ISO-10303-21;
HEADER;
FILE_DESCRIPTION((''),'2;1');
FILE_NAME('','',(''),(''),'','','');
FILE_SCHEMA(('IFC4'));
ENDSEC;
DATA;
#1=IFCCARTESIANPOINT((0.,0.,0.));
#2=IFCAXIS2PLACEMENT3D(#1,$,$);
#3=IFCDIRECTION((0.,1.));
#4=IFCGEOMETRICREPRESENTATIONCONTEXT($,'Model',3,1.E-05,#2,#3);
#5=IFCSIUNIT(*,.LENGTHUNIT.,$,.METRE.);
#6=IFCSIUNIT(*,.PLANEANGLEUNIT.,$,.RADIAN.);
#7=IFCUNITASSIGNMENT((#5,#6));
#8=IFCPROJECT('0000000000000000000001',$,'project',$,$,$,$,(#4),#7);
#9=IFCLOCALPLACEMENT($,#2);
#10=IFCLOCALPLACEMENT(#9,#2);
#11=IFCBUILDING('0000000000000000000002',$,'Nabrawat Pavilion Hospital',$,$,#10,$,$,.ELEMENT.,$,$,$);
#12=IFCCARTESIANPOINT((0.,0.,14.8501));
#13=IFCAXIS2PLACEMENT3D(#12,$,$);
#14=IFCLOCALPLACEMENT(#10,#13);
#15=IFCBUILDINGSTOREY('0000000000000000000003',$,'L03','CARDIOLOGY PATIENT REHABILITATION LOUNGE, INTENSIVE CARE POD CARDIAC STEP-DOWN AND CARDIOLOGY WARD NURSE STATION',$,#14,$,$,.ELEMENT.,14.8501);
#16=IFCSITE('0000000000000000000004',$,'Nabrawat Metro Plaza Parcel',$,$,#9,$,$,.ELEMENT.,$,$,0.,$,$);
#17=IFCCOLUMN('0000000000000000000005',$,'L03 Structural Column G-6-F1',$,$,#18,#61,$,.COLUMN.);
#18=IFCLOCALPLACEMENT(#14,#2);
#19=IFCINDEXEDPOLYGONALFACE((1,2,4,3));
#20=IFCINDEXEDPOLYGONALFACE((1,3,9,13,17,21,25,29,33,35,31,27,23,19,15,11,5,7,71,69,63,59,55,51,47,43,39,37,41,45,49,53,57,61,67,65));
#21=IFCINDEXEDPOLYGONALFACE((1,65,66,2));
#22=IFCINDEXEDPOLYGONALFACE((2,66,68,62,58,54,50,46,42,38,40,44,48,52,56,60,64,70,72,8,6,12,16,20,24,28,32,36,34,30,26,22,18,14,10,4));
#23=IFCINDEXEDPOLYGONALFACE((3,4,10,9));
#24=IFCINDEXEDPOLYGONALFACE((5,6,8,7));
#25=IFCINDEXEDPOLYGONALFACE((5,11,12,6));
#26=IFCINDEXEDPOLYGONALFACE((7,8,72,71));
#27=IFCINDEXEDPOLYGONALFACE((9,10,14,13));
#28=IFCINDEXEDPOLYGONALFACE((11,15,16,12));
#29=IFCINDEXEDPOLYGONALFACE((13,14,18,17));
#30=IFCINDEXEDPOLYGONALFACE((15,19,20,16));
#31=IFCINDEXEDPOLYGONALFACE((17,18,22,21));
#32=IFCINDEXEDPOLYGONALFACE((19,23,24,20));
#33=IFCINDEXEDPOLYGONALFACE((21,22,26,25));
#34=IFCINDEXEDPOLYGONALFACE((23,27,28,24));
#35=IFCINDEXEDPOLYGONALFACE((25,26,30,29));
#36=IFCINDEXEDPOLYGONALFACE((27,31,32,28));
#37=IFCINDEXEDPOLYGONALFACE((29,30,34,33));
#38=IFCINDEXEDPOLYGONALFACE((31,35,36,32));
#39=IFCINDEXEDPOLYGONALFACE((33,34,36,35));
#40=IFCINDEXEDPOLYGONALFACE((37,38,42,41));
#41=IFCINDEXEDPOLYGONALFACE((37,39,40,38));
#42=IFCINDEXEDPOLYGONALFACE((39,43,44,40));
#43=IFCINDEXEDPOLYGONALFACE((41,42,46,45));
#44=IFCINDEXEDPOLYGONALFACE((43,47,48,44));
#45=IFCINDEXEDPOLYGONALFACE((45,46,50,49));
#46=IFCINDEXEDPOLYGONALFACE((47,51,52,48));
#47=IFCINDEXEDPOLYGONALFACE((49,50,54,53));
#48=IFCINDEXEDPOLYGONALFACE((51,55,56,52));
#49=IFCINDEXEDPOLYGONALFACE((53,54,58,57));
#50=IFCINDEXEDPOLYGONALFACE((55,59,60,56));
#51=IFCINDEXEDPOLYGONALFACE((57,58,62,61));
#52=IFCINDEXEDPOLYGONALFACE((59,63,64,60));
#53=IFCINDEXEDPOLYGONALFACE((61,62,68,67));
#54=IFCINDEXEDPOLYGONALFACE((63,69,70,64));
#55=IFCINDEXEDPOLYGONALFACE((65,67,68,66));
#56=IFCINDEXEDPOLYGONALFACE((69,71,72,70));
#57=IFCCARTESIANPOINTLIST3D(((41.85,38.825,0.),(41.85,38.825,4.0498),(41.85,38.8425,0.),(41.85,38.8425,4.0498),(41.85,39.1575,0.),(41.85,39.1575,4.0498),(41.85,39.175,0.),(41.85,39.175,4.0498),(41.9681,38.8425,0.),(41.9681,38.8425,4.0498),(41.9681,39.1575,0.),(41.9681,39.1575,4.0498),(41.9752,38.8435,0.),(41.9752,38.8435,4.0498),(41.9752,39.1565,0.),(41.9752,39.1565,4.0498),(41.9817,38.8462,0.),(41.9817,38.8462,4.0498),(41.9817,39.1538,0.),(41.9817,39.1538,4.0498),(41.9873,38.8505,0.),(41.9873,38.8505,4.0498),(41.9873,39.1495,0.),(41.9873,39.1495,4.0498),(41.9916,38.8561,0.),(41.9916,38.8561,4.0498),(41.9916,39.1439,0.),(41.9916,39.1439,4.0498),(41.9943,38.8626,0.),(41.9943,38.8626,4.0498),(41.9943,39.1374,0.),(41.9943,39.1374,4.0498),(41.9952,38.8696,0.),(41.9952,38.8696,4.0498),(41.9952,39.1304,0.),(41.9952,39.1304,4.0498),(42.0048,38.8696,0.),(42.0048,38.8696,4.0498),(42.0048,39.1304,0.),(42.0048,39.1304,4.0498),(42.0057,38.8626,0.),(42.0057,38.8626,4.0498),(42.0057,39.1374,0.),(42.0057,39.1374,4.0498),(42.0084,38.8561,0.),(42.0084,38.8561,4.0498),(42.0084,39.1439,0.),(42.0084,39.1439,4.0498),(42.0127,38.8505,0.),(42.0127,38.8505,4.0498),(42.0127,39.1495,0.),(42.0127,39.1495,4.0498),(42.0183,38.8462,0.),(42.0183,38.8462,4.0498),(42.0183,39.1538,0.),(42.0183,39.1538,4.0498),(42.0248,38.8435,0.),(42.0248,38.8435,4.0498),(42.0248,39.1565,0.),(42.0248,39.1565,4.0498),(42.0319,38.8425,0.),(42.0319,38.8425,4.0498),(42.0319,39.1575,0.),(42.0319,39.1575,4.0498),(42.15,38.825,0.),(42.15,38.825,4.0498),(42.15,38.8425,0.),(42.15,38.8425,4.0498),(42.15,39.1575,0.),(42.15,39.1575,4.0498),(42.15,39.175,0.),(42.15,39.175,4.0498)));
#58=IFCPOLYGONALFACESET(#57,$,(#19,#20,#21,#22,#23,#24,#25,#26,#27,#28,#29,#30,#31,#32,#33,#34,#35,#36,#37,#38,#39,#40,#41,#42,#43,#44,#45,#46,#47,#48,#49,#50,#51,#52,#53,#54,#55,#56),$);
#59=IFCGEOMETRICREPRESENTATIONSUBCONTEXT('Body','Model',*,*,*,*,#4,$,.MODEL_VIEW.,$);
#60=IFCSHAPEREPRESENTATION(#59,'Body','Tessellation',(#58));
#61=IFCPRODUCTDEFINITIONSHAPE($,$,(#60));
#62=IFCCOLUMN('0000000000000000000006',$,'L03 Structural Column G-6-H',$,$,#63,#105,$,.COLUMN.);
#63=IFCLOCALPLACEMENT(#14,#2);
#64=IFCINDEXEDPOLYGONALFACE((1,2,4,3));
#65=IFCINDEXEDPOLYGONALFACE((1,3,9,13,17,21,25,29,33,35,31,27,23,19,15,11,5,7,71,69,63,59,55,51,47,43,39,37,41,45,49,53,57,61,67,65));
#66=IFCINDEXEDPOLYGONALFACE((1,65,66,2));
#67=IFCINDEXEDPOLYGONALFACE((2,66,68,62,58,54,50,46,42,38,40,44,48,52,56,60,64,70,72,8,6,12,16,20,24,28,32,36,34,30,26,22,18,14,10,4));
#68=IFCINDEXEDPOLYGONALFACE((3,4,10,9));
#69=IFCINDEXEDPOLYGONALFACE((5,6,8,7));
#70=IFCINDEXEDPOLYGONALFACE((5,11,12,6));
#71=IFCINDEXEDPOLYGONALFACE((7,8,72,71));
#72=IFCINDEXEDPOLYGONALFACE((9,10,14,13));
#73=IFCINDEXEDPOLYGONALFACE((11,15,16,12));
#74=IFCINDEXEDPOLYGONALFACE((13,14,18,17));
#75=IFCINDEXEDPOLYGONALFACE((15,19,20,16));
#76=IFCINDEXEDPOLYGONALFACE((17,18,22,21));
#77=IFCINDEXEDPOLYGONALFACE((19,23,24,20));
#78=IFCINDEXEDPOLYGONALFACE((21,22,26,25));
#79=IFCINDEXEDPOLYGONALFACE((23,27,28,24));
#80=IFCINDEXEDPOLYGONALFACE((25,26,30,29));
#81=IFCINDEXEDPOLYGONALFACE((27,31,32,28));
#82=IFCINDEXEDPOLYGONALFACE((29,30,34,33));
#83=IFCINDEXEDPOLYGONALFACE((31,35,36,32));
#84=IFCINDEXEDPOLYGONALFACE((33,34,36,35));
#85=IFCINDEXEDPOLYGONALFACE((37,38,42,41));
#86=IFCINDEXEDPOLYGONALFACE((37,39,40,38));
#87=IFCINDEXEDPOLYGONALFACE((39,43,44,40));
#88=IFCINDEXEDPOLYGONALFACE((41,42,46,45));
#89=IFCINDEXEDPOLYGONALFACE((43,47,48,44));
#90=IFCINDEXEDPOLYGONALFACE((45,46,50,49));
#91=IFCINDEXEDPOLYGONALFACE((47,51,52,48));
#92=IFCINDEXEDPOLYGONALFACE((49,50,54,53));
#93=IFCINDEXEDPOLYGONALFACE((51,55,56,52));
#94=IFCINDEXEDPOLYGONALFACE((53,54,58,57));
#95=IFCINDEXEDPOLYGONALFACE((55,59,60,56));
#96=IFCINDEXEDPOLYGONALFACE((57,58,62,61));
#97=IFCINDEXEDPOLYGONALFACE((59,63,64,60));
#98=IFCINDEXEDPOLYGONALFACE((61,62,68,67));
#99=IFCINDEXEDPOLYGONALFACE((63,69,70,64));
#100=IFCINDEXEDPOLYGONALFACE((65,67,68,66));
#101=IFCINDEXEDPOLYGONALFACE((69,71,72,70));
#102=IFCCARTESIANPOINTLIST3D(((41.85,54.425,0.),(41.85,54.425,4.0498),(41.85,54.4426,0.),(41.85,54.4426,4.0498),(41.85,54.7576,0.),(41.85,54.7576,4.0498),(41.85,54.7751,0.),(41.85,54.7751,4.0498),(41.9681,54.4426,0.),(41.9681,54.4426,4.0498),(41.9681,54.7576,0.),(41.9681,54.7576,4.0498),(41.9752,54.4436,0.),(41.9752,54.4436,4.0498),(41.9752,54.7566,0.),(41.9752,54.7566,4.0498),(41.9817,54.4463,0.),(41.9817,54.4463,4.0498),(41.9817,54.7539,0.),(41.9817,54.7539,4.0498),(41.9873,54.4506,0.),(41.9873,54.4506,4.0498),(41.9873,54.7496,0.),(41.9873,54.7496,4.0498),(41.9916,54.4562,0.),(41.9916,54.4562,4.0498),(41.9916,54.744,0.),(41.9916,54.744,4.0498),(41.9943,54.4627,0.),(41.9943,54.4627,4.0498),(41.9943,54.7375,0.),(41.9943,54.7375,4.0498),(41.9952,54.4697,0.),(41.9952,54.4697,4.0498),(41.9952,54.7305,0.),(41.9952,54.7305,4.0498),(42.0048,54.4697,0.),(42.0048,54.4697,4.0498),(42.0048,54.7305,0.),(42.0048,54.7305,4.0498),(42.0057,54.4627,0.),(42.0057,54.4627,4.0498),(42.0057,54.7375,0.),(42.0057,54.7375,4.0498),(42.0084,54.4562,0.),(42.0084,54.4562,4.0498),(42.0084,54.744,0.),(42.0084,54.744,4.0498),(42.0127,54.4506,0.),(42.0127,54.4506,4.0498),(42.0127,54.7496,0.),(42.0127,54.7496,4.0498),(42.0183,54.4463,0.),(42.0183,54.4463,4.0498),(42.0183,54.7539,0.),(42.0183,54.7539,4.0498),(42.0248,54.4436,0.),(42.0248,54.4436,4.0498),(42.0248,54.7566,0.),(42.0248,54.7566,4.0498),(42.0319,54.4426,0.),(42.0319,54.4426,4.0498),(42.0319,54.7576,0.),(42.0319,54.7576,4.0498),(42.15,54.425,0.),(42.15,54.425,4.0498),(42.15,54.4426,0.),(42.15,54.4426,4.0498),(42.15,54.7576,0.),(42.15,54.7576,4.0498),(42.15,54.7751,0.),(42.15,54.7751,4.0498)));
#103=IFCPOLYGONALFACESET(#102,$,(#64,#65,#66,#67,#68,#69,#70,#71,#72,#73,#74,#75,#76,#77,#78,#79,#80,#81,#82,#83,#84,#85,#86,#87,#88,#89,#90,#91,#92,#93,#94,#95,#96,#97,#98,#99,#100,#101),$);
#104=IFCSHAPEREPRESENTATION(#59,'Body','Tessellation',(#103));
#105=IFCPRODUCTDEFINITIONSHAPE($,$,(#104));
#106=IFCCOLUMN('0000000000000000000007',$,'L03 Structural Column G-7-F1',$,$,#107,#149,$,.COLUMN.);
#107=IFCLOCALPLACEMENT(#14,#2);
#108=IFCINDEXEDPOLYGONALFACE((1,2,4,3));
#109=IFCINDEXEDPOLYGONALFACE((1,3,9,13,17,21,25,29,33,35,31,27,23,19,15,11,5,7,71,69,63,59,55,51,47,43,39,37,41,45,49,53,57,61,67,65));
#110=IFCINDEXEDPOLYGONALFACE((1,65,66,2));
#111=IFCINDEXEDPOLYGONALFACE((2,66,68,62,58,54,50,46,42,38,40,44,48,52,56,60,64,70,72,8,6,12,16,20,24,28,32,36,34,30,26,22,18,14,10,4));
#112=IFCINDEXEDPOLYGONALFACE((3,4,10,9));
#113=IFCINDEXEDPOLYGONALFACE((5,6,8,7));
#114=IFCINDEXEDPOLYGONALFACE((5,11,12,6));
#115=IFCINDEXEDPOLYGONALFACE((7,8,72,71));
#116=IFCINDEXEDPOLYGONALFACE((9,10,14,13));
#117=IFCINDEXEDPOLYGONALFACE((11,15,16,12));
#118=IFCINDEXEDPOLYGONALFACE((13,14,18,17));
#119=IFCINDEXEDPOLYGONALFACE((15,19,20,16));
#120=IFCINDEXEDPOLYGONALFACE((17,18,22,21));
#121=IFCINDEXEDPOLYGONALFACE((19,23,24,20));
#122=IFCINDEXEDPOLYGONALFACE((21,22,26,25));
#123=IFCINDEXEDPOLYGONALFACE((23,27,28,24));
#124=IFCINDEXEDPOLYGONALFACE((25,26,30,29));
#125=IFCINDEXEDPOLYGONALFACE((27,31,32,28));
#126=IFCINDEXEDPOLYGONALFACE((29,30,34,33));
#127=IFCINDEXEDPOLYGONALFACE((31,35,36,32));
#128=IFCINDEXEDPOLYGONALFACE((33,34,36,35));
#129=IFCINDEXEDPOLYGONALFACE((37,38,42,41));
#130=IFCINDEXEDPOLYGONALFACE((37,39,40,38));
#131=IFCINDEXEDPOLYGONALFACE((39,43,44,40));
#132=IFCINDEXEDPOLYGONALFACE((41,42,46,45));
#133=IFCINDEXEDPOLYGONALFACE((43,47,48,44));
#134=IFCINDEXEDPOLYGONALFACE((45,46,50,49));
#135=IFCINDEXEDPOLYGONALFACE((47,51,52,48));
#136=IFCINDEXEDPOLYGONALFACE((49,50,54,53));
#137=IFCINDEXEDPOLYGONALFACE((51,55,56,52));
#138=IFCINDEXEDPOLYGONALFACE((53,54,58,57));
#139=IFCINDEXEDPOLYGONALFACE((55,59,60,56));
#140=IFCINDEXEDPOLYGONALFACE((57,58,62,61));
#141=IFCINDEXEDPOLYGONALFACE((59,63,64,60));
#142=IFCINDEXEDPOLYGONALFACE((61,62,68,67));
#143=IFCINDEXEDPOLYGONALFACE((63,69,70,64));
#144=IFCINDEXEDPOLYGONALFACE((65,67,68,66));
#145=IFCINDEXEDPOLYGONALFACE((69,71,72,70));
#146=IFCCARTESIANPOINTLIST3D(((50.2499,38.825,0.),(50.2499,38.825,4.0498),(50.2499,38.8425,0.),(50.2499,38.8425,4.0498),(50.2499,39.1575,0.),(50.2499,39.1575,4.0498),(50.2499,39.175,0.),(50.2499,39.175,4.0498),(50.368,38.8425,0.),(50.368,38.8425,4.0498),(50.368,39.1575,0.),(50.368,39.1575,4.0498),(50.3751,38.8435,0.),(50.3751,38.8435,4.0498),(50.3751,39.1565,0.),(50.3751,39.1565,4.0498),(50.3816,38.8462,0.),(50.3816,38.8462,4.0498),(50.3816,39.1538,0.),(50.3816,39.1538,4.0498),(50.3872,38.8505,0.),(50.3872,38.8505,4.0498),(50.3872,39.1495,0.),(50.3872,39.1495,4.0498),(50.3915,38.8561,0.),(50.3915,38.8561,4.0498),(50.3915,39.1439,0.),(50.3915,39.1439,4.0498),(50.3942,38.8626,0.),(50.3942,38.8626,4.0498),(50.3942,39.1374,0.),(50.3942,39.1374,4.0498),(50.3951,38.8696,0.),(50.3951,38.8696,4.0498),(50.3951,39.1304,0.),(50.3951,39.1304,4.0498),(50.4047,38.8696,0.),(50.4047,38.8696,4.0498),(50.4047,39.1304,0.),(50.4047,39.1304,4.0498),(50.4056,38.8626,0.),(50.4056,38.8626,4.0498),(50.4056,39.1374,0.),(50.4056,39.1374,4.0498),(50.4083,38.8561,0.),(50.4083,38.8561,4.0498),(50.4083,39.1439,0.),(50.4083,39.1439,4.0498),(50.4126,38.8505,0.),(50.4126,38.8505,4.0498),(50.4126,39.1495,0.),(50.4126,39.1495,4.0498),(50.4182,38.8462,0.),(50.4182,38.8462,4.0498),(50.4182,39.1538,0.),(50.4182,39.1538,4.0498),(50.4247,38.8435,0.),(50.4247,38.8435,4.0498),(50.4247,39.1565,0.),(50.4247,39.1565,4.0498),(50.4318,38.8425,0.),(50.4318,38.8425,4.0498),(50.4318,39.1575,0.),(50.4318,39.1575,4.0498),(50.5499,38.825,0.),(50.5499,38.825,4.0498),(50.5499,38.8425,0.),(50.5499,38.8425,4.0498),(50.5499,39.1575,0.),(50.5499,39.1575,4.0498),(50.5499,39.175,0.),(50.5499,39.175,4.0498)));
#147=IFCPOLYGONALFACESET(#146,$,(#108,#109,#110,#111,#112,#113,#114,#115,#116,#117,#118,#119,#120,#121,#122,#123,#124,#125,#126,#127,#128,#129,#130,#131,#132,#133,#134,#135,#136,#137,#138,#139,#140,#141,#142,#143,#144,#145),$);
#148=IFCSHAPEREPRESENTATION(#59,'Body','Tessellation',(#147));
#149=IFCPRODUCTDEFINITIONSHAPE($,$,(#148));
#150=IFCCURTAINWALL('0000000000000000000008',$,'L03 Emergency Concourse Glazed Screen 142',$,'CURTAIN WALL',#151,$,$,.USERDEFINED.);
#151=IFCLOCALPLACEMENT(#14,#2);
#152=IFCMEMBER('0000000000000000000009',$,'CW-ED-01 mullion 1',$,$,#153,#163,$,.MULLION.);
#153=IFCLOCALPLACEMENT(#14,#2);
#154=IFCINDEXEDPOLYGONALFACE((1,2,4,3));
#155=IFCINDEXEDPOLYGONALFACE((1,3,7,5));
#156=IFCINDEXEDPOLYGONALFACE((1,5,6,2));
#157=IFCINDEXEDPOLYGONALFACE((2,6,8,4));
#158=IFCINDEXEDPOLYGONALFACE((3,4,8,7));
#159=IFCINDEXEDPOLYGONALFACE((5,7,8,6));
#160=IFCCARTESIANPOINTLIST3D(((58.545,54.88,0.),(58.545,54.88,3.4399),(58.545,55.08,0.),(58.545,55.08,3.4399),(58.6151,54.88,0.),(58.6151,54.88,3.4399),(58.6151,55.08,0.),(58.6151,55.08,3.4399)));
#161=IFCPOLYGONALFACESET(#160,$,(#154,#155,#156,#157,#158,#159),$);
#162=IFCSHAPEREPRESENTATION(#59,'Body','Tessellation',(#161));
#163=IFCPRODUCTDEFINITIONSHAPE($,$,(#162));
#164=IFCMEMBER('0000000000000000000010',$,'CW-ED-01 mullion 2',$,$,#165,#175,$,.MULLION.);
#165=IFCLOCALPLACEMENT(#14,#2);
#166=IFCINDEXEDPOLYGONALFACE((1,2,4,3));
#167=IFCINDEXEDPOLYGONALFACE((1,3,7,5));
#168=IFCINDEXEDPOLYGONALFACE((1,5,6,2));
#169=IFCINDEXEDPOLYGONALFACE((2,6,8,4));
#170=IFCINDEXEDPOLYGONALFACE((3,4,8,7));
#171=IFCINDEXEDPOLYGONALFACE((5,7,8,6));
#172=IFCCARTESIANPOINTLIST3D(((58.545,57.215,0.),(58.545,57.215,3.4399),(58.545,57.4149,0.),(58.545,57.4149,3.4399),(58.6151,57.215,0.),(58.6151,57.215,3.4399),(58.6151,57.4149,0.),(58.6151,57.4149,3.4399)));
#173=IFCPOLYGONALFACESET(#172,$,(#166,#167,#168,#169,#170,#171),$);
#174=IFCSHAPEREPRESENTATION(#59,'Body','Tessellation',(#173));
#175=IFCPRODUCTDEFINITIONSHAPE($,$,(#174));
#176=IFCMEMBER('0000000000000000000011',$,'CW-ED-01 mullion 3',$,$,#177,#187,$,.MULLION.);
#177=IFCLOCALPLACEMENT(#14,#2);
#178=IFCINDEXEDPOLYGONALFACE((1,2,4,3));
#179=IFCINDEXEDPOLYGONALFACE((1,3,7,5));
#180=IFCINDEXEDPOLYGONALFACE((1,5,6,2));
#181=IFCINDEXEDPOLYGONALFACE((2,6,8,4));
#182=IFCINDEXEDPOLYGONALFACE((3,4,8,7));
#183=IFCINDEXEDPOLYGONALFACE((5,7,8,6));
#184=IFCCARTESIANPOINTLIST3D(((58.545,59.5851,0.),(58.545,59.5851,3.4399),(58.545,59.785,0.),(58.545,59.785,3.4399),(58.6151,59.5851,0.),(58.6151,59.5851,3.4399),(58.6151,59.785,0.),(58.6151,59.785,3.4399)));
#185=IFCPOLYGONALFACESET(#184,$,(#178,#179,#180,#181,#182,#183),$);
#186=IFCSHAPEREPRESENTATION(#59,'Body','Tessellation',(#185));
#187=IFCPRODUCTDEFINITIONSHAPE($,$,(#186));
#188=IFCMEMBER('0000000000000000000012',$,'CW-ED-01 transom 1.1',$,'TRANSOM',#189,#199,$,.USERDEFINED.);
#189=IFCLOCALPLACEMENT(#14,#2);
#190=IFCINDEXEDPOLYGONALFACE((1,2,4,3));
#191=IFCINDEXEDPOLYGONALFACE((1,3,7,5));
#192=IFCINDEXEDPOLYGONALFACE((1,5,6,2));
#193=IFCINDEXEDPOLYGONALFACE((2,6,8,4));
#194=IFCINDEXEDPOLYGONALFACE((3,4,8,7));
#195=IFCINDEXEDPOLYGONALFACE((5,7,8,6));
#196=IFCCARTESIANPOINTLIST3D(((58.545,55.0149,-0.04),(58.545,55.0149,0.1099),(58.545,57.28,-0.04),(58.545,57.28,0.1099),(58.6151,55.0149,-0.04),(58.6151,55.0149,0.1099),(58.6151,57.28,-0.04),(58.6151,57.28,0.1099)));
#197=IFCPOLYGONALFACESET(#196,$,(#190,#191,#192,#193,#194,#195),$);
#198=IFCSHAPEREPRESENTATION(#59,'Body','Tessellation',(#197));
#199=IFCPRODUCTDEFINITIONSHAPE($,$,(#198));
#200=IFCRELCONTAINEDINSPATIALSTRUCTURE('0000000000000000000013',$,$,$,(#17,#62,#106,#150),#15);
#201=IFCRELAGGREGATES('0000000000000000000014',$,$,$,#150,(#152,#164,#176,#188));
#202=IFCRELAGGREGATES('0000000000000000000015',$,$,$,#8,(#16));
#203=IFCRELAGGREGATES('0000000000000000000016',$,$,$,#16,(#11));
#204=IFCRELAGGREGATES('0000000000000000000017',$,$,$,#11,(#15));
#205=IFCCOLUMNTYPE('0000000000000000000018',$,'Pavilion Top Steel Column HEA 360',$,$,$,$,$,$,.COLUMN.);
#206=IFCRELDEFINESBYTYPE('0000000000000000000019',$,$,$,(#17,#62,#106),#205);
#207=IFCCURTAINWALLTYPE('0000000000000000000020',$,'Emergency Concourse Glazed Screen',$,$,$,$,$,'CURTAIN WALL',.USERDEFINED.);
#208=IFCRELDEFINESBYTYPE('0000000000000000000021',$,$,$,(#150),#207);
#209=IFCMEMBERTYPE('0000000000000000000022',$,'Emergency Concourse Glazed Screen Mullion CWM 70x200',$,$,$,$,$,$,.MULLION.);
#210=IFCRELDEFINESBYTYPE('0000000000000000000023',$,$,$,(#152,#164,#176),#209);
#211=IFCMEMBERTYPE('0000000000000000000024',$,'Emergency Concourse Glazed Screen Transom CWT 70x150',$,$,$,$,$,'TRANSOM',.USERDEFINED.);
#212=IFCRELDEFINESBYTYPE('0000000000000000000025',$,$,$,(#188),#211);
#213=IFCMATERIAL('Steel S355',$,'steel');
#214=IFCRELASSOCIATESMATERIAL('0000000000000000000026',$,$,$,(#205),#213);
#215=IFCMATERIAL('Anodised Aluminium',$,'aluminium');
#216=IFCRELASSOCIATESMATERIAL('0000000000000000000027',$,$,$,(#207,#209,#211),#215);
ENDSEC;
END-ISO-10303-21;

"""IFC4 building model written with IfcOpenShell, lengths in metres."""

from ifc_helpers import new_model, si_unit, direction, frame, origin, origin_2d, place, context, subcontext, project, spatial, rectangle, i_section, extrude, material, material_profile, profile_set, type_object, element, aggregate, save


model = new_model("IFC4")

# Units and contexts
model_context = context("Model", 3, precision=1e-05, world=origin(), true_north=direction((0.0, 1.0)))
body_context = subcontext(model_context, "Body", "Model", "MODEL_VIEW")
ifc_project = project(units=[si_unit("LENGTHUNIT", "METRE"), si_unit("PLANEANGLEUNIT", "RADIAN")], contexts=[model_context])

# Site, building, storey
site_placement = place(None, origin())
site = spatial("IfcSite", under=ifc_project, at=site_placement, Name="Nabrawat Metro Plaza Parcel", CompositionType="ELEMENT", RefElevation=0.0)
building_placement = place(site_placement, origin())
building = spatial("IfcBuilding", under=site, at=building_placement, Name="Nabrawat Pavilion Hospital", CompositionType="ELEMENT")
storey_placement = place(building_placement, frame((0.0, 0.0, 14.8501)))
storey = spatial("IfcBuildingStorey", under=building, at=storey_placement, Name="L03", Description="CARDIOLOGY PATIENT REHABILITATION LOUNGE, INTENSIVE CARE POD CARDIAC STEP-DOWN AND CARDIOLOGY WARD NURSE STATION", CompositionType="ELEMENT", Elevation=14.8501)

# Columns
ifc_material_1 = material(Name="Steel S355", Category="steel")
ifc_material_profile_1 = material_profile(ifc_material_1, i_section(OverallWidth=0.3, OverallDepth=0.3501, WebThickness=0.0095, FlangeThickness=0.0176, FilletRadius=0.0271, at=origin_2d()), Name="HEA 360")
ifc_profile_set_1 = profile_set([ifc_material_profile_1], Name="Steel S355")
column_type = type_object("IfcColumnType", Name="Pavilion Top Steel Column HEA 360", PredefinedType="COLUMN", material=ifc_profile_set_1)
for number, where, z_axis, x_axis, name in (
    (1, (42.0, 39.0, 0.0), (0.0, 0.0, 1.0), (1.0, 0.0, 0.0), "L03 Structural Column G-6-F1"),
    (2, (42.0, 54.6001, 0.0), (0.0, 0.0, 1.0), (1.0, 0.0, 0.0), "L03 Structural Column G-6-H"),
    (3, (50.3999, 39.0, 0.0), (0.0, 0.0, 1.0), (1.0, 0.0, 0.0), "L03 Structural Column G-7-F1"),
):
    element("IfcColumn", number, at=place(storey_placement, frame(where, z_axis=z_axis, x_axis=x_axis)), inside=storey, type_object=column_type, Name=name, PredefinedType="COLUMN", context=body_context, shape_type="SweptSolid", body=[
        extrude(i_section(OverallWidth=0.3, OverallDepth=0.3501, WebThickness=0.0095, FlangeThickness=0.0176, FilletRadius=0.0271, at=origin_2d()), origin(), (0.0, 0.0, 1.0), 4.0498),
    ])

# Curtain wall, members
ifc_material_2 = material(Name="Anodised Aluminium", Category="aluminium")
curtain_wall_type = type_object("IfcCurtainWallType", Name="Emergency Concourse Glazed Screen", ElementType="CURTAIN WALL", PredefinedType="USERDEFINED", material=ifc_material_2)
curtain_wall_placement = place(storey_placement, origin())
curtain_wall = element("IfcCurtainWall", 4, at=curtain_wall_placement, inside=storey, type_object=curtain_wall_type, Name="L03 Emergency Concourse Glazed Screen 142", ObjectType="CURTAIN WALL", PredefinedType="USERDEFINED")
ifc_material_profile_2 = material_profile(ifc_material_2, rectangle(XDim=0.0701, YDim=0.2, at=origin_2d()), Name="CWM 70x200")
ifc_profile_set_2 = profile_set([ifc_material_profile_2], Name="Anodised Aluminium")
member_type_1 = type_object("IfcMemberType", Name="Emergency Concourse Glazed Screen Mullion CWM 70x200", PredefinedType="MULLION", material=ifc_profile_set_2)
member_1_placement = place(storey_placement, frame((58.5801, 54.98, 0.0), z_axis=(0.0, 0.0, 1.0), x_axis=(-1.0, 0.0, 0.0)))
member_1 = element("IfcMember", 5, at=member_1_placement, type_object=member_type_1, Name="CW-ED-01 mullion 1", PredefinedType="MULLION", context=body_context, shape_type="SweptSolid", body=[
    extrude(rectangle(XDim=0.0701, YDim=0.2, at=origin_2d()), origin(), (0.0, 0.0, 1.0), 3.4399),
])
member_2_placement = place(storey_placement, frame((58.5801, 57.3149, 0.0), z_axis=(0.0, 0.0, 1.0), x_axis=(-1.0, 0.0, 0.0)))
member_2 = element("IfcMember", 6, at=member_2_placement, type_object=member_type_1, Name="CW-ED-01 mullion 2", PredefinedType="MULLION", context=body_context, shape_type="SweptSolid", body=[
    extrude(rectangle(XDim=0.0701, YDim=0.2, at=origin_2d()), origin(), (0.0, 0.0, 1.0), 3.4399),
])
member_3_placement = place(storey_placement, frame((58.5801, 59.6851, 0.0), z_axis=(0.0, 0.0, 1.0), x_axis=(-1.0, 0.0, 0.0)))
member_3 = element("IfcMember", 7, at=member_3_placement, type_object=member_type_1, Name="CW-ED-01 mullion 3", PredefinedType="MULLION", context=body_context, shape_type="SweptSolid", body=[
    extrude(rectangle(XDim=0.0701, YDim=0.2, at=origin_2d()), origin(), (0.0, 0.0, 1.0), 3.4399),
])
ifc_material_profile_3 = material_profile(ifc_material_2, rectangle(XDim=0.0701, YDim=0.1499, at=origin_2d()), Name="CWT 70x150")
ifc_profile_set_3 = profile_set([ifc_material_profile_3], Name="Anodised Aluminium")
member_type_2 = type_object("IfcMemberType", Name="Emergency Concourse Glazed Screen Transom CWT 70x150", ElementType="TRANSOM", PredefinedType="USERDEFINED", material=ifc_profile_set_3)
member_4_placement = place(storey_placement, frame((58.5801, 55.0149, 0.0349), z_axis=(0.0, 1.0, 0.0), x_axis=(-1.0, 0.0, 0.0)))
member_4 = element("IfcMember", 8, at=member_4_placement, type_object=member_type_2, Name="CW-ED-01 transom 1.1", ObjectType="TRANSOM", PredefinedType="USERDEFINED", context=body_context, shape_type="SweptSolid", body=[
    extrude(rectangle(XDim=0.0701, YDim=0.1499, at=origin_2d()), origin(), (0.0, 0.0, 1.0), 2.2651),
])

aggregate(curtain_wall, [member_1, member_2, member_3, member_4])

save(model, "model.ifc")
